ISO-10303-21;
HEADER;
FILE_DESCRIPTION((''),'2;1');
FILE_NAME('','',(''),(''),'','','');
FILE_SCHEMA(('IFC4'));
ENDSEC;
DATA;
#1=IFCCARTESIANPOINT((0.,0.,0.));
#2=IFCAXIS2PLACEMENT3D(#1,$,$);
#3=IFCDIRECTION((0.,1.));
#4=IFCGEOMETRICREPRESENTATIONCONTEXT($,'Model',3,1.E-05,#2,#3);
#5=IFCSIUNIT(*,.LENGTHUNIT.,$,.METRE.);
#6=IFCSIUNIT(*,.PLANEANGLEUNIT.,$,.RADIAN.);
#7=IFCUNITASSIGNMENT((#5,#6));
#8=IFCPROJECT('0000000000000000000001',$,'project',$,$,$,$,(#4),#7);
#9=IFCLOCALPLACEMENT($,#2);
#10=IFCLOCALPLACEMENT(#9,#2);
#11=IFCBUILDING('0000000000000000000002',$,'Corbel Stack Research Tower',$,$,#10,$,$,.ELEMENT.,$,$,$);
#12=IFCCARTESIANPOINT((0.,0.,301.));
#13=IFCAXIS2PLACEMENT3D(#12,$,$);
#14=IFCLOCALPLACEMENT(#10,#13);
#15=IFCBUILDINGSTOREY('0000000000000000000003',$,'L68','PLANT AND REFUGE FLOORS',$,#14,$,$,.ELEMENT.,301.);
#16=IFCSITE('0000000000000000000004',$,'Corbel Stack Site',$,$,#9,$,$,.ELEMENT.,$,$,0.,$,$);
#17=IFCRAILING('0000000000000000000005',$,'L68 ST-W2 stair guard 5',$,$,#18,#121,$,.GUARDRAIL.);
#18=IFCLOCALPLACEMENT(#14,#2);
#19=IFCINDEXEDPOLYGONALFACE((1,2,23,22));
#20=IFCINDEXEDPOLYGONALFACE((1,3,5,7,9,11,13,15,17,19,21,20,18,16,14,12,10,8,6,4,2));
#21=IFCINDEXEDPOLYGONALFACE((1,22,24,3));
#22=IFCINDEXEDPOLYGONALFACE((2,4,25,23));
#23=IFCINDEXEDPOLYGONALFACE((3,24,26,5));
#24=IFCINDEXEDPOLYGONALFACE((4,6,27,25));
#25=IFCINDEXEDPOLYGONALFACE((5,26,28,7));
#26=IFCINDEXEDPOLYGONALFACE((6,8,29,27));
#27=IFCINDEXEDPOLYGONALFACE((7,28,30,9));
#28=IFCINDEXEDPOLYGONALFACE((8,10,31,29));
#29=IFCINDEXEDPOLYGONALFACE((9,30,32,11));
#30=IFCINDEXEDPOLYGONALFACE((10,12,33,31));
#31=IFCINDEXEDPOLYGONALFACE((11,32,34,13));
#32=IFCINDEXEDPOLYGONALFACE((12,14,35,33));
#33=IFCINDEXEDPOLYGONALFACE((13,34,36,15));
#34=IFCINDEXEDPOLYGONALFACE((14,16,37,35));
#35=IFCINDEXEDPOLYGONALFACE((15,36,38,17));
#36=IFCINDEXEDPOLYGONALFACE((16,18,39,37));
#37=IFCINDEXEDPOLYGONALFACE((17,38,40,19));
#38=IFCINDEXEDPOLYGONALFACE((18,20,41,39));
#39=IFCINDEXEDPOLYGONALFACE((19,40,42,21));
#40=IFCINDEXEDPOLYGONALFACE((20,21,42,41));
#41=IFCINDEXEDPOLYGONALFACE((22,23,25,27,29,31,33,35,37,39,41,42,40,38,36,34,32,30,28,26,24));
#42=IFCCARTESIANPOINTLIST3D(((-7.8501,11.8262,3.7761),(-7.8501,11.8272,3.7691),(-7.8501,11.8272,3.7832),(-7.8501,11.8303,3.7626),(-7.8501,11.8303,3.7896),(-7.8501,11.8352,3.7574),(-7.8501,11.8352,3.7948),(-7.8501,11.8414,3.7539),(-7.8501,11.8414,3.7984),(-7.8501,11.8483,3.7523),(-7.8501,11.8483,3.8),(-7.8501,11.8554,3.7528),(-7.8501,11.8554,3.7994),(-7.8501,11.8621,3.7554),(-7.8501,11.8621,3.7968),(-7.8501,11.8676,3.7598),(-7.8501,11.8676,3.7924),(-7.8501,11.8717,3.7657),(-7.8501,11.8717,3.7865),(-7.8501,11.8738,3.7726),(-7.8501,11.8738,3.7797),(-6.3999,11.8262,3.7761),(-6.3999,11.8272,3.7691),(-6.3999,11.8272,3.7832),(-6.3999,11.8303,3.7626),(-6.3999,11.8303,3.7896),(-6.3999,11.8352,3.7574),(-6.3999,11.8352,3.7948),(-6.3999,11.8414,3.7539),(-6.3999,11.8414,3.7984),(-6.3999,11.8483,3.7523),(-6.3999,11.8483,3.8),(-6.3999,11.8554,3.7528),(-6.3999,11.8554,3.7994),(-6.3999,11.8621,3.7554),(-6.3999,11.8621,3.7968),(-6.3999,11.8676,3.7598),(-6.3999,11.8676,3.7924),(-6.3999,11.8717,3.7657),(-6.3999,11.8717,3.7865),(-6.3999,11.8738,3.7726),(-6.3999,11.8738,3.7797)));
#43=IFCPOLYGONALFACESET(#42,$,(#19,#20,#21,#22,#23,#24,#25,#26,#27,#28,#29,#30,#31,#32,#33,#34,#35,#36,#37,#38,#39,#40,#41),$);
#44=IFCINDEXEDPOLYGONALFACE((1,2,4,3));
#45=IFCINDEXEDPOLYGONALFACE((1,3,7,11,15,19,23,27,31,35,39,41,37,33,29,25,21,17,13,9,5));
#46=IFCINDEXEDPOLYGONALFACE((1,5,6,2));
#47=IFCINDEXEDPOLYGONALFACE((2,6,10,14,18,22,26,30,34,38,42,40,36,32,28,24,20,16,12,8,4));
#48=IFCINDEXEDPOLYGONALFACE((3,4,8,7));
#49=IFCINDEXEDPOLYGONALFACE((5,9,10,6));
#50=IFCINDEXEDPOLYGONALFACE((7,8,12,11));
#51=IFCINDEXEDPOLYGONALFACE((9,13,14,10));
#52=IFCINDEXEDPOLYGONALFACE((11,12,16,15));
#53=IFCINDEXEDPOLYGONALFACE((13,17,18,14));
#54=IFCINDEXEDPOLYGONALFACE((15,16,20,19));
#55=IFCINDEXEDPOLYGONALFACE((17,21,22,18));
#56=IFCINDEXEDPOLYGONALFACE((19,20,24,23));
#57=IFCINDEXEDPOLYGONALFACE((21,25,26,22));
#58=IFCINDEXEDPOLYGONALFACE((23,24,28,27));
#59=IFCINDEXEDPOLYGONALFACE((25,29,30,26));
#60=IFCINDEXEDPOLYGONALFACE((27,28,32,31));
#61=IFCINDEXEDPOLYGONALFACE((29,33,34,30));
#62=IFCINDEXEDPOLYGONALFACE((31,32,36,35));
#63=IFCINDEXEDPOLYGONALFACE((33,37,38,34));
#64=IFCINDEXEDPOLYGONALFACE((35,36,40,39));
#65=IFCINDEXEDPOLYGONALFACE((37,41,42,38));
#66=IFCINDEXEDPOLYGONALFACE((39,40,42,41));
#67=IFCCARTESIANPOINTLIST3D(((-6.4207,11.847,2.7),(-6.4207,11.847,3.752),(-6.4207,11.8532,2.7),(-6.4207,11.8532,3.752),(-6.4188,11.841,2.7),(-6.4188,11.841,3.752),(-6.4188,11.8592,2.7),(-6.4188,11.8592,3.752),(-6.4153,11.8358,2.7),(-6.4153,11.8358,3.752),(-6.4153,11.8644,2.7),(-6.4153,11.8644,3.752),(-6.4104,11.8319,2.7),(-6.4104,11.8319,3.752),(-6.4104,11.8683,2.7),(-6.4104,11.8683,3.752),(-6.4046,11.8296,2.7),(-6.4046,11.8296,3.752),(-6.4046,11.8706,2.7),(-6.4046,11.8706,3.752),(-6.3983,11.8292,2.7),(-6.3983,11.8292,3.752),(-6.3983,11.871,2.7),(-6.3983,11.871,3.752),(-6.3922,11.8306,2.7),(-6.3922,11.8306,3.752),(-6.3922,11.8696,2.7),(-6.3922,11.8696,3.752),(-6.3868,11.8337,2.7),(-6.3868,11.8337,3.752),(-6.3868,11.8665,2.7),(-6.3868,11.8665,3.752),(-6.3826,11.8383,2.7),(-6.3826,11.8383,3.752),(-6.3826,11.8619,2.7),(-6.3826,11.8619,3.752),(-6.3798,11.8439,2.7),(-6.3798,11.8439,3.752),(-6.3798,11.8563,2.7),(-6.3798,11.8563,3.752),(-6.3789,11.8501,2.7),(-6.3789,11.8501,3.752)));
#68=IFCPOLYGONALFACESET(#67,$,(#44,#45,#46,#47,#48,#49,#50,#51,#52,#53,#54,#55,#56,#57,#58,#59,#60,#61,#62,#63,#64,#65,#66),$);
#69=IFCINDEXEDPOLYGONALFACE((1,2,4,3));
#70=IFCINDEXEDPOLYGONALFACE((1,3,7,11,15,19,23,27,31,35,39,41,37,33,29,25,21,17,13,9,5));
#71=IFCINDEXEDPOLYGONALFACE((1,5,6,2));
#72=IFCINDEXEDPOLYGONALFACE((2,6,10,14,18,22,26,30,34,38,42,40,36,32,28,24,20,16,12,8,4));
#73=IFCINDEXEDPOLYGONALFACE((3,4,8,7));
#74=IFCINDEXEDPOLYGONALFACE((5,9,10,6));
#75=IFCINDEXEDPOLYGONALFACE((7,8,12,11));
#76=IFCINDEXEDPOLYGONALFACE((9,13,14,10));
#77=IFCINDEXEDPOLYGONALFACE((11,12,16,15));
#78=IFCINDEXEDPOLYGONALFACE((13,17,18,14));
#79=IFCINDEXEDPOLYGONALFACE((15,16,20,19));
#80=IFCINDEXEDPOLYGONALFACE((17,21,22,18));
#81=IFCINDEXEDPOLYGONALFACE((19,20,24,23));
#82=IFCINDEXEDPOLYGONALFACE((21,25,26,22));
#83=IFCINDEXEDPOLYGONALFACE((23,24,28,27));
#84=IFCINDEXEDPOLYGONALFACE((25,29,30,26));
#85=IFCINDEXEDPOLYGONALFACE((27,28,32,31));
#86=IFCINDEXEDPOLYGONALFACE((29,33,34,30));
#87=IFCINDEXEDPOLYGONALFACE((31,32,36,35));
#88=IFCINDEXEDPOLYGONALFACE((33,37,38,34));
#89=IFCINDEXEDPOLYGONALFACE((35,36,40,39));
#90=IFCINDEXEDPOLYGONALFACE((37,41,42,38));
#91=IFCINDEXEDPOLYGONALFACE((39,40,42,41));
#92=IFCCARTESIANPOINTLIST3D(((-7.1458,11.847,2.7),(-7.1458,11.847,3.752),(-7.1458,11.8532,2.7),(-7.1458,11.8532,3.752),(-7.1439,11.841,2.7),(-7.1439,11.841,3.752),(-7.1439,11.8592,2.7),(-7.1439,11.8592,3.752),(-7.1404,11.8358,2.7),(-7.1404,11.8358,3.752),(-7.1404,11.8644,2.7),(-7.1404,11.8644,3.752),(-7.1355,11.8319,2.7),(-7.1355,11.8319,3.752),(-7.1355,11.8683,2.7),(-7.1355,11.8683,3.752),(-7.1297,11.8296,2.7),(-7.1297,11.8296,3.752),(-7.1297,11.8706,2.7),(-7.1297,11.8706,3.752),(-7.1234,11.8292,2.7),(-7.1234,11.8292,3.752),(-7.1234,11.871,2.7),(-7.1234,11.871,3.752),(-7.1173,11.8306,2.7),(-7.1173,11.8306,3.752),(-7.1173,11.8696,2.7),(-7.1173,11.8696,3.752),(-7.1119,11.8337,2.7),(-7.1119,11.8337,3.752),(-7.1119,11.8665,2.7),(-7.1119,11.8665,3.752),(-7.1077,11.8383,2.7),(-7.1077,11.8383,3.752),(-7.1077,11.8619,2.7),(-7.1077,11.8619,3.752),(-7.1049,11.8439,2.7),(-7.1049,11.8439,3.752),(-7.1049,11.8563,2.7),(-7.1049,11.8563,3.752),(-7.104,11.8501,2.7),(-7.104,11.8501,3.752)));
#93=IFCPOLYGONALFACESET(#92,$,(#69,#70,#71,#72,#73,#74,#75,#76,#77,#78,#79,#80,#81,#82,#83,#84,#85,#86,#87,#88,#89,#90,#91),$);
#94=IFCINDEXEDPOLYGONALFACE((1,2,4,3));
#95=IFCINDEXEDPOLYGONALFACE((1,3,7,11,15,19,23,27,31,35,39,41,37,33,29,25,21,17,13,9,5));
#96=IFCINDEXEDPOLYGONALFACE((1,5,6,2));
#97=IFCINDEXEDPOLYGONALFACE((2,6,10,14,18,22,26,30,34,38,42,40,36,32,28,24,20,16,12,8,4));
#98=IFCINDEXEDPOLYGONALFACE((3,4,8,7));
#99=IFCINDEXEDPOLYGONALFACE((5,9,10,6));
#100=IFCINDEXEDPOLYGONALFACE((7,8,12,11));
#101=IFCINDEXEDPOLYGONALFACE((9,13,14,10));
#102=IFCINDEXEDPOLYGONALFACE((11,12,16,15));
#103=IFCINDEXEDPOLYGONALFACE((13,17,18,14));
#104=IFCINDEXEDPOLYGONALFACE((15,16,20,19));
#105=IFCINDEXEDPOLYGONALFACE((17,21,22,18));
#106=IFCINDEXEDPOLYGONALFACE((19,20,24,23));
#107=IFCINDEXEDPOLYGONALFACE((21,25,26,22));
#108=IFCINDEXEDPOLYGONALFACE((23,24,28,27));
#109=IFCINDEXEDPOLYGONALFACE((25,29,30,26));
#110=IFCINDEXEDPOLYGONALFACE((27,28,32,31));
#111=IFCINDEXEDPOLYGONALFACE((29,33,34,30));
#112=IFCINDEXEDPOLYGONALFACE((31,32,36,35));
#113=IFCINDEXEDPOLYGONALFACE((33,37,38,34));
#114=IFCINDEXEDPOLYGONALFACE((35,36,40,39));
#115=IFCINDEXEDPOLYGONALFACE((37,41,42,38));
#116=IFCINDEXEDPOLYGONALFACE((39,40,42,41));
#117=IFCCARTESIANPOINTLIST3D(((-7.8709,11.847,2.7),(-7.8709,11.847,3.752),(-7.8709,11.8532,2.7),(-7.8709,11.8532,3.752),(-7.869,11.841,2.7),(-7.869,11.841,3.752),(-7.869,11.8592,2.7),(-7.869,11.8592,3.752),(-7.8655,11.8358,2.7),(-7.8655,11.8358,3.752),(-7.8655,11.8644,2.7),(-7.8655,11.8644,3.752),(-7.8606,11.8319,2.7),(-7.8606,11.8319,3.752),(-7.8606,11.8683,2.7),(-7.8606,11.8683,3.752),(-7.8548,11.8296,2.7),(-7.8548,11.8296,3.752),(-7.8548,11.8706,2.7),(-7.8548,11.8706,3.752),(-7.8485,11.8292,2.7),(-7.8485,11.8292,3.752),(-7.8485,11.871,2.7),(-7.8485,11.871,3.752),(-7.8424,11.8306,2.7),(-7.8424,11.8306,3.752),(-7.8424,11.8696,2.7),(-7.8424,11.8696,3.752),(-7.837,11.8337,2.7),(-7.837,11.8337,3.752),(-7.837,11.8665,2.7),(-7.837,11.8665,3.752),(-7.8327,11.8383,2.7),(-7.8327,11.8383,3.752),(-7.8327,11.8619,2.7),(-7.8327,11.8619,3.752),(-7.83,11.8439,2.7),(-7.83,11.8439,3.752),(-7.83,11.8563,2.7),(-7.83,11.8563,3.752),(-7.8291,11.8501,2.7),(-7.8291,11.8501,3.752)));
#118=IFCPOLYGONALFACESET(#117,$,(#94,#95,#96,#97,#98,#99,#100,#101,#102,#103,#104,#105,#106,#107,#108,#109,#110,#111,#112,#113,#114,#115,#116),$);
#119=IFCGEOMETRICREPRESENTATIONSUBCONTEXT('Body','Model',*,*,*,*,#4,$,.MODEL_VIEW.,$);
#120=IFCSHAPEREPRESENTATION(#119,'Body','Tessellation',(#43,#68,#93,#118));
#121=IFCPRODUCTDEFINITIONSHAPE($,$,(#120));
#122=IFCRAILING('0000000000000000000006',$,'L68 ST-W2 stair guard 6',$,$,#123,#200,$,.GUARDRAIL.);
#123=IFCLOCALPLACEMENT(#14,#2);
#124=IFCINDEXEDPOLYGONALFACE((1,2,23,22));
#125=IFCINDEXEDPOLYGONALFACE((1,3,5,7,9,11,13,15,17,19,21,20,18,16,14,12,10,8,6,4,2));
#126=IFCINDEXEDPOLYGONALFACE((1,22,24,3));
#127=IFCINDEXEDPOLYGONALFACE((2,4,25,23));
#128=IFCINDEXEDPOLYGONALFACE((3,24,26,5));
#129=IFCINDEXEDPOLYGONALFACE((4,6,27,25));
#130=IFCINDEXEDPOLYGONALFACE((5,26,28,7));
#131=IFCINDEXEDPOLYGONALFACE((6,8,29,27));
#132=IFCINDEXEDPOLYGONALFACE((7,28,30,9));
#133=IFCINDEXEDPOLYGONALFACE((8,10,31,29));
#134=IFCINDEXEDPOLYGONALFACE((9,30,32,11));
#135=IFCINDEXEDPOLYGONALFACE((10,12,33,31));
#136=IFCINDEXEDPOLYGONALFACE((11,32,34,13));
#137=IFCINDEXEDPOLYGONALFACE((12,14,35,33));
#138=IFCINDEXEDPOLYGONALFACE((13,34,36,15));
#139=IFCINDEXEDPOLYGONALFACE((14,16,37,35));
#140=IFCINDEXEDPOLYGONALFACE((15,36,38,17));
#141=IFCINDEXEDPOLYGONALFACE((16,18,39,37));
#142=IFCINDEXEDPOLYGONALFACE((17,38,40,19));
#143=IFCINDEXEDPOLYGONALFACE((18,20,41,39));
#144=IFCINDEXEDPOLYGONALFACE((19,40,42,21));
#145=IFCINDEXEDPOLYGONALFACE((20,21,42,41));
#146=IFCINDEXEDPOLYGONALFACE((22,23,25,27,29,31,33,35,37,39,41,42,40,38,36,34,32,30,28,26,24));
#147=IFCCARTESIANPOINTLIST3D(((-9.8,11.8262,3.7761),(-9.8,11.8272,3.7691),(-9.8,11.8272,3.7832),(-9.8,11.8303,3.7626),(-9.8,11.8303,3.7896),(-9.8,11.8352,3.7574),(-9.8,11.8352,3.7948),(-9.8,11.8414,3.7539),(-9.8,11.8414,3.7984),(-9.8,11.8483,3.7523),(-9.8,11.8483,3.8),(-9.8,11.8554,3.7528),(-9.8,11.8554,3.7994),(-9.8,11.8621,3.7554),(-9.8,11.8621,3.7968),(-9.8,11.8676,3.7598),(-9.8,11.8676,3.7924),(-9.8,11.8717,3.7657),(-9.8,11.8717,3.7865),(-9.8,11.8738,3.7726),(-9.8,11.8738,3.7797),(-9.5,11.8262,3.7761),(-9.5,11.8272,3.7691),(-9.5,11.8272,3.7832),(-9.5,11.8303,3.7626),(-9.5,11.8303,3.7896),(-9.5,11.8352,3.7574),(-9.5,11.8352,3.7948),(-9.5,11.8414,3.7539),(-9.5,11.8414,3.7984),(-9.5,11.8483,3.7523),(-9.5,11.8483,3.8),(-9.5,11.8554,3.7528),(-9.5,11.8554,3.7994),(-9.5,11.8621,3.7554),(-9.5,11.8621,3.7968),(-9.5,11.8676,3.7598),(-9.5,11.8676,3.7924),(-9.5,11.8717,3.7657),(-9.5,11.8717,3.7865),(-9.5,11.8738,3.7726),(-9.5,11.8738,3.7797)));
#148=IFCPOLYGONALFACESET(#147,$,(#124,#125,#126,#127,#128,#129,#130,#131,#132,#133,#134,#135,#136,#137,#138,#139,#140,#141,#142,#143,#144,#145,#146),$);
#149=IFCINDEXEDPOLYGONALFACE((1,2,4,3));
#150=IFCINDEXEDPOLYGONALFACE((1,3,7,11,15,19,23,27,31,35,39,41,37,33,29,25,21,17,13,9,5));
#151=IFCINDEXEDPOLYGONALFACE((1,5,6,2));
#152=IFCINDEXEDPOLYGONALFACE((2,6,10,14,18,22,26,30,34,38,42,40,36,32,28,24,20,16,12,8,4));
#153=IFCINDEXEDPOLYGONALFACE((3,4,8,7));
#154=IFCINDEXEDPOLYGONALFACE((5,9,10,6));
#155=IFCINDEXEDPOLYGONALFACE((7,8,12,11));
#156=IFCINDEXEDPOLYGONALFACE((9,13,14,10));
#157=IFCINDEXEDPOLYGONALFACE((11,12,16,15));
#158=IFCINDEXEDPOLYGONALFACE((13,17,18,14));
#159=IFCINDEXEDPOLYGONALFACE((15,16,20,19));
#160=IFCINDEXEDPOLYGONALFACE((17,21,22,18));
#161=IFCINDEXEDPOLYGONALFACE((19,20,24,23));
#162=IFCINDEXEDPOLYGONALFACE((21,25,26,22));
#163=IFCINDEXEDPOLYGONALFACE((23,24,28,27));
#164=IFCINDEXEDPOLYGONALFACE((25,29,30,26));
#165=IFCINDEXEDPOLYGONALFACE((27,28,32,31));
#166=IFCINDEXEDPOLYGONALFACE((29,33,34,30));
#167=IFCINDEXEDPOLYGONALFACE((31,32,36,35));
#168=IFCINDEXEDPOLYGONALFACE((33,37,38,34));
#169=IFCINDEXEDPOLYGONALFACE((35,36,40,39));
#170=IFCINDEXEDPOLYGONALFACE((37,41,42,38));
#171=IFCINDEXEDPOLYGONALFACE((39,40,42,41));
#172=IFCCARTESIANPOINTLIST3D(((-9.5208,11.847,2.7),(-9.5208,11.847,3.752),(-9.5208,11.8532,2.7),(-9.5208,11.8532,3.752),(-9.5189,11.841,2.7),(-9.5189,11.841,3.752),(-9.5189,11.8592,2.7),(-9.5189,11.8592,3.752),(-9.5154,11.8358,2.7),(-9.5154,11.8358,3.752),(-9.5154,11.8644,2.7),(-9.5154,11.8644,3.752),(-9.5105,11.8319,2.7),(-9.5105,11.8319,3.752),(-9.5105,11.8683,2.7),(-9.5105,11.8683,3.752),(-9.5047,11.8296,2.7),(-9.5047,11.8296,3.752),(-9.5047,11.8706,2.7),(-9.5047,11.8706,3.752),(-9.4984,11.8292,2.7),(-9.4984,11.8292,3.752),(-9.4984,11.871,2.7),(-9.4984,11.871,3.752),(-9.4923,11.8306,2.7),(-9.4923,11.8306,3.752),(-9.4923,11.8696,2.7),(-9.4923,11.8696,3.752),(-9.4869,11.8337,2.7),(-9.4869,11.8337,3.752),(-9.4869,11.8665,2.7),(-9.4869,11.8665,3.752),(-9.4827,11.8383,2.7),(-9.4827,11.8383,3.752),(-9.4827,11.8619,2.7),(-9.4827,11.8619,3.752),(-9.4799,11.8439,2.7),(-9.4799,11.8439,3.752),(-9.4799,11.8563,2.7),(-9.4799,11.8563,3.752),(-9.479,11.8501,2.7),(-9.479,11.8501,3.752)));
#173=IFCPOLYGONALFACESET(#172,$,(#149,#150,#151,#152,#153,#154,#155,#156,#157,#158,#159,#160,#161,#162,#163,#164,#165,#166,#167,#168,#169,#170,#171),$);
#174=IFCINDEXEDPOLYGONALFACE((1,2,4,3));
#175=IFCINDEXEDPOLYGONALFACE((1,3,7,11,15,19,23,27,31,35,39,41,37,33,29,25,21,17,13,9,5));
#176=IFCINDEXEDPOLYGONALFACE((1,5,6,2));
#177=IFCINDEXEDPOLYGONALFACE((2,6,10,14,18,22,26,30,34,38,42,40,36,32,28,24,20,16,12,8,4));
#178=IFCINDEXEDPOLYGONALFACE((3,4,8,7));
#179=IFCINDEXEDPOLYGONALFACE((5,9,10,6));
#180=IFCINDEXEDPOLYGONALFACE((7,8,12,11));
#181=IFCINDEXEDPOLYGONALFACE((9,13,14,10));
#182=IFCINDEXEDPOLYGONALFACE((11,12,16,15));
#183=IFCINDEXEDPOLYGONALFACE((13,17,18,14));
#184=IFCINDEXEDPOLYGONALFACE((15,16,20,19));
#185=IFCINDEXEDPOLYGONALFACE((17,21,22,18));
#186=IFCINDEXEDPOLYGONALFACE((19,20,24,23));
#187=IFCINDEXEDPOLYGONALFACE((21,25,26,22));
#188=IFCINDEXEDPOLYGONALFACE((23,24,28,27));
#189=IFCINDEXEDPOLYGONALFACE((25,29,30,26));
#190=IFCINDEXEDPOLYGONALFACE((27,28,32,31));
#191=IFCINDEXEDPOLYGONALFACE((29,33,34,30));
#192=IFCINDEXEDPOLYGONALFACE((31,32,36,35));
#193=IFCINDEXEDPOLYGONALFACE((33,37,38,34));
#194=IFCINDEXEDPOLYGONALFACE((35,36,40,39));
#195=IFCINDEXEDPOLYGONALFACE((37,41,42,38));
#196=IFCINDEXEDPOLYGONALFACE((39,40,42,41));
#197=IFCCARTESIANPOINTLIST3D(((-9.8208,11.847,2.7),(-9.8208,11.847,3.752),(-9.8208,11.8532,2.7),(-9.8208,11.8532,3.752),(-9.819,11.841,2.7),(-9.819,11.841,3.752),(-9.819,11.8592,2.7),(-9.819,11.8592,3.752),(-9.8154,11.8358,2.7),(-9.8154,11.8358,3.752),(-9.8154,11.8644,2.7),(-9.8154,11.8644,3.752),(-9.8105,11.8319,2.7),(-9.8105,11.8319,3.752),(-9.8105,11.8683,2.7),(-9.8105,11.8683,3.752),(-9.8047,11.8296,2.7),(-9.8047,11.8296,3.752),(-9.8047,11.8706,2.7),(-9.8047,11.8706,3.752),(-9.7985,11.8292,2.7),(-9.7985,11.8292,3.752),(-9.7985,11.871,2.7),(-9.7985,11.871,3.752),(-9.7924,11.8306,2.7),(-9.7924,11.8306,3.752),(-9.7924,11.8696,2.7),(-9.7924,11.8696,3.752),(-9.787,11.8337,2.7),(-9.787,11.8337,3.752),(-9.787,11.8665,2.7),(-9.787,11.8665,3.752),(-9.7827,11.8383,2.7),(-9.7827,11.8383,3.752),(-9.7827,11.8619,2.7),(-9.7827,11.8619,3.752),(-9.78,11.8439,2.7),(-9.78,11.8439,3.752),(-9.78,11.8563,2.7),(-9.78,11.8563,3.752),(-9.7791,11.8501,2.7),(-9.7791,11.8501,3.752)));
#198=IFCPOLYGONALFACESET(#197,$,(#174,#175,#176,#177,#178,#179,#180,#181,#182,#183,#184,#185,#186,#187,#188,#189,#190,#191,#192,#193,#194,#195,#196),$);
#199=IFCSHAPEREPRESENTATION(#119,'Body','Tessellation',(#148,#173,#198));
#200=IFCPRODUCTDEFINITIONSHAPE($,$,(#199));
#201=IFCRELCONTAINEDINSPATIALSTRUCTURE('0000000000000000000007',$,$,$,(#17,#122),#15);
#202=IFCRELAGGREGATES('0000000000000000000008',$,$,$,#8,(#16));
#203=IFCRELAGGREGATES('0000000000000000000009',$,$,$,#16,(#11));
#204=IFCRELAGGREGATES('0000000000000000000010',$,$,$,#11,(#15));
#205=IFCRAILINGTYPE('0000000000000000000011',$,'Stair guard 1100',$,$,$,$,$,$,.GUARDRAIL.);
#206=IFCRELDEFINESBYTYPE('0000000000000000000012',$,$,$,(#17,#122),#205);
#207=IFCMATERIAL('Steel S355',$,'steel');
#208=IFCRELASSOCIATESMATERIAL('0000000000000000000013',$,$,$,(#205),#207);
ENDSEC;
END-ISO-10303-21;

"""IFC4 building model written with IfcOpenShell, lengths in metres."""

from ifc_helpers import new_model, si_unit, direction, frame, origin, origin_2d, place, context, subcontext, project, spatial, circle, extrude, material, type_object, element, save


model = new_model("IFC4")

# Units and contexts
model_context = context("Model", 3, precision=1e-05, world=origin(), true_north=direction((0.0, 1.0)))
body_context = subcontext(model_context, "Body", "Model", "MODEL_VIEW")
ifc_project = project(units=[si_unit("LENGTHUNIT", "METRE"), si_unit("PLANEANGLEUNIT", "RADIAN")], contexts=[model_context])

# Site, building, storey
site_placement = place(None, origin())
site = spatial("IfcSite", under=ifc_project, at=site_placement, Name="Corbel Stack Site", CompositionType="ELEMENT", RefElevation=0.0)
building_placement = place(site_placement, origin())
building = spatial("IfcBuilding", under=site, at=building_placement, Name="Corbel Stack Research Tower", CompositionType="ELEMENT")
storey_placement = place(building_placement, frame((0.0, 0.0, 301.0)))
storey = spatial("IfcBuildingStorey", under=building, at=storey_placement, Name="L68", Description="PLANT AND REFUGE FLOORS", CompositionType="ELEMENT", Elevation=301.0)

# Railings
ifc_material_1 = material(Name="Steel S355", Category="steel")
railing_type_1 = type_object("IfcRailingType", Name="Stair guard 1100", PredefinedType="GUARDRAIL", material=ifc_material_1)
railing_1_placement = place(storey_placement, frame((-6.3999, 11.8501, 2.7)))
element("IfcRailing", 1, at=railing_1_placement, inside=storey, type_object=railing_type_1, Name="L68 ST-W2 stair guard 5", PredefinedType="GUARDRAIL", context=body_context, shape_type="SweptSolid", body=[
    extrude(circle(Radius=0.0239, at=origin_2d()), frame((0.0, 0.0, 1.0762), z_axis=(-1.0, 0.0, 0.0), x_axis=(0.0, -1.0, 0.0)), (0.0, 0.0, 1.0), 1.4502),
    extrude(circle(Radius=0.021, at=origin_2d()), origin(), (0.0, 0.0, 1.0), 1.052),
    extrude(circle(Radius=0.021, at=origin_2d()), frame((-0.7251, 0.0, 0.0)), (0.0, 0.0, 1.0), 1.052),
    extrude(circle(Radius=0.021, at=origin_2d()), frame((-1.4502, 0.0, 0.0)), (0.0, 0.0, 1.0), 1.052),
])
railing_2_placement = place(storey_placement, frame((-9.5, 11.8501, 2.7)))
element("IfcRailing", 2, at=railing_2_placement, inside=storey, type_object=railing_type_1, Name="L68 ST-W2 stair guard 6", PredefinedType="GUARDRAIL", context=body_context, shape_type="SweptSolid", body=[
    extrude(circle(Radius=0.0239, at=origin_2d()), frame((0.0, 0.0, 1.0762), z_axis=(-1.0, 0.0, 0.0), x_axis=(0.0, -1.0, 0.0)), (0.0, 0.0, 1.0), 0.3),
    extrude(circle(Radius=0.021, at=origin_2d()), origin(), (0.0, 0.0, 1.0), 1.052),
    extrude(circle(Radius=0.021, at=origin_2d()), frame((-0.3, 0.0, 0.0)), (0.0, 0.0, 1.0), 1.052),
])

save(model, "model.ifc")
